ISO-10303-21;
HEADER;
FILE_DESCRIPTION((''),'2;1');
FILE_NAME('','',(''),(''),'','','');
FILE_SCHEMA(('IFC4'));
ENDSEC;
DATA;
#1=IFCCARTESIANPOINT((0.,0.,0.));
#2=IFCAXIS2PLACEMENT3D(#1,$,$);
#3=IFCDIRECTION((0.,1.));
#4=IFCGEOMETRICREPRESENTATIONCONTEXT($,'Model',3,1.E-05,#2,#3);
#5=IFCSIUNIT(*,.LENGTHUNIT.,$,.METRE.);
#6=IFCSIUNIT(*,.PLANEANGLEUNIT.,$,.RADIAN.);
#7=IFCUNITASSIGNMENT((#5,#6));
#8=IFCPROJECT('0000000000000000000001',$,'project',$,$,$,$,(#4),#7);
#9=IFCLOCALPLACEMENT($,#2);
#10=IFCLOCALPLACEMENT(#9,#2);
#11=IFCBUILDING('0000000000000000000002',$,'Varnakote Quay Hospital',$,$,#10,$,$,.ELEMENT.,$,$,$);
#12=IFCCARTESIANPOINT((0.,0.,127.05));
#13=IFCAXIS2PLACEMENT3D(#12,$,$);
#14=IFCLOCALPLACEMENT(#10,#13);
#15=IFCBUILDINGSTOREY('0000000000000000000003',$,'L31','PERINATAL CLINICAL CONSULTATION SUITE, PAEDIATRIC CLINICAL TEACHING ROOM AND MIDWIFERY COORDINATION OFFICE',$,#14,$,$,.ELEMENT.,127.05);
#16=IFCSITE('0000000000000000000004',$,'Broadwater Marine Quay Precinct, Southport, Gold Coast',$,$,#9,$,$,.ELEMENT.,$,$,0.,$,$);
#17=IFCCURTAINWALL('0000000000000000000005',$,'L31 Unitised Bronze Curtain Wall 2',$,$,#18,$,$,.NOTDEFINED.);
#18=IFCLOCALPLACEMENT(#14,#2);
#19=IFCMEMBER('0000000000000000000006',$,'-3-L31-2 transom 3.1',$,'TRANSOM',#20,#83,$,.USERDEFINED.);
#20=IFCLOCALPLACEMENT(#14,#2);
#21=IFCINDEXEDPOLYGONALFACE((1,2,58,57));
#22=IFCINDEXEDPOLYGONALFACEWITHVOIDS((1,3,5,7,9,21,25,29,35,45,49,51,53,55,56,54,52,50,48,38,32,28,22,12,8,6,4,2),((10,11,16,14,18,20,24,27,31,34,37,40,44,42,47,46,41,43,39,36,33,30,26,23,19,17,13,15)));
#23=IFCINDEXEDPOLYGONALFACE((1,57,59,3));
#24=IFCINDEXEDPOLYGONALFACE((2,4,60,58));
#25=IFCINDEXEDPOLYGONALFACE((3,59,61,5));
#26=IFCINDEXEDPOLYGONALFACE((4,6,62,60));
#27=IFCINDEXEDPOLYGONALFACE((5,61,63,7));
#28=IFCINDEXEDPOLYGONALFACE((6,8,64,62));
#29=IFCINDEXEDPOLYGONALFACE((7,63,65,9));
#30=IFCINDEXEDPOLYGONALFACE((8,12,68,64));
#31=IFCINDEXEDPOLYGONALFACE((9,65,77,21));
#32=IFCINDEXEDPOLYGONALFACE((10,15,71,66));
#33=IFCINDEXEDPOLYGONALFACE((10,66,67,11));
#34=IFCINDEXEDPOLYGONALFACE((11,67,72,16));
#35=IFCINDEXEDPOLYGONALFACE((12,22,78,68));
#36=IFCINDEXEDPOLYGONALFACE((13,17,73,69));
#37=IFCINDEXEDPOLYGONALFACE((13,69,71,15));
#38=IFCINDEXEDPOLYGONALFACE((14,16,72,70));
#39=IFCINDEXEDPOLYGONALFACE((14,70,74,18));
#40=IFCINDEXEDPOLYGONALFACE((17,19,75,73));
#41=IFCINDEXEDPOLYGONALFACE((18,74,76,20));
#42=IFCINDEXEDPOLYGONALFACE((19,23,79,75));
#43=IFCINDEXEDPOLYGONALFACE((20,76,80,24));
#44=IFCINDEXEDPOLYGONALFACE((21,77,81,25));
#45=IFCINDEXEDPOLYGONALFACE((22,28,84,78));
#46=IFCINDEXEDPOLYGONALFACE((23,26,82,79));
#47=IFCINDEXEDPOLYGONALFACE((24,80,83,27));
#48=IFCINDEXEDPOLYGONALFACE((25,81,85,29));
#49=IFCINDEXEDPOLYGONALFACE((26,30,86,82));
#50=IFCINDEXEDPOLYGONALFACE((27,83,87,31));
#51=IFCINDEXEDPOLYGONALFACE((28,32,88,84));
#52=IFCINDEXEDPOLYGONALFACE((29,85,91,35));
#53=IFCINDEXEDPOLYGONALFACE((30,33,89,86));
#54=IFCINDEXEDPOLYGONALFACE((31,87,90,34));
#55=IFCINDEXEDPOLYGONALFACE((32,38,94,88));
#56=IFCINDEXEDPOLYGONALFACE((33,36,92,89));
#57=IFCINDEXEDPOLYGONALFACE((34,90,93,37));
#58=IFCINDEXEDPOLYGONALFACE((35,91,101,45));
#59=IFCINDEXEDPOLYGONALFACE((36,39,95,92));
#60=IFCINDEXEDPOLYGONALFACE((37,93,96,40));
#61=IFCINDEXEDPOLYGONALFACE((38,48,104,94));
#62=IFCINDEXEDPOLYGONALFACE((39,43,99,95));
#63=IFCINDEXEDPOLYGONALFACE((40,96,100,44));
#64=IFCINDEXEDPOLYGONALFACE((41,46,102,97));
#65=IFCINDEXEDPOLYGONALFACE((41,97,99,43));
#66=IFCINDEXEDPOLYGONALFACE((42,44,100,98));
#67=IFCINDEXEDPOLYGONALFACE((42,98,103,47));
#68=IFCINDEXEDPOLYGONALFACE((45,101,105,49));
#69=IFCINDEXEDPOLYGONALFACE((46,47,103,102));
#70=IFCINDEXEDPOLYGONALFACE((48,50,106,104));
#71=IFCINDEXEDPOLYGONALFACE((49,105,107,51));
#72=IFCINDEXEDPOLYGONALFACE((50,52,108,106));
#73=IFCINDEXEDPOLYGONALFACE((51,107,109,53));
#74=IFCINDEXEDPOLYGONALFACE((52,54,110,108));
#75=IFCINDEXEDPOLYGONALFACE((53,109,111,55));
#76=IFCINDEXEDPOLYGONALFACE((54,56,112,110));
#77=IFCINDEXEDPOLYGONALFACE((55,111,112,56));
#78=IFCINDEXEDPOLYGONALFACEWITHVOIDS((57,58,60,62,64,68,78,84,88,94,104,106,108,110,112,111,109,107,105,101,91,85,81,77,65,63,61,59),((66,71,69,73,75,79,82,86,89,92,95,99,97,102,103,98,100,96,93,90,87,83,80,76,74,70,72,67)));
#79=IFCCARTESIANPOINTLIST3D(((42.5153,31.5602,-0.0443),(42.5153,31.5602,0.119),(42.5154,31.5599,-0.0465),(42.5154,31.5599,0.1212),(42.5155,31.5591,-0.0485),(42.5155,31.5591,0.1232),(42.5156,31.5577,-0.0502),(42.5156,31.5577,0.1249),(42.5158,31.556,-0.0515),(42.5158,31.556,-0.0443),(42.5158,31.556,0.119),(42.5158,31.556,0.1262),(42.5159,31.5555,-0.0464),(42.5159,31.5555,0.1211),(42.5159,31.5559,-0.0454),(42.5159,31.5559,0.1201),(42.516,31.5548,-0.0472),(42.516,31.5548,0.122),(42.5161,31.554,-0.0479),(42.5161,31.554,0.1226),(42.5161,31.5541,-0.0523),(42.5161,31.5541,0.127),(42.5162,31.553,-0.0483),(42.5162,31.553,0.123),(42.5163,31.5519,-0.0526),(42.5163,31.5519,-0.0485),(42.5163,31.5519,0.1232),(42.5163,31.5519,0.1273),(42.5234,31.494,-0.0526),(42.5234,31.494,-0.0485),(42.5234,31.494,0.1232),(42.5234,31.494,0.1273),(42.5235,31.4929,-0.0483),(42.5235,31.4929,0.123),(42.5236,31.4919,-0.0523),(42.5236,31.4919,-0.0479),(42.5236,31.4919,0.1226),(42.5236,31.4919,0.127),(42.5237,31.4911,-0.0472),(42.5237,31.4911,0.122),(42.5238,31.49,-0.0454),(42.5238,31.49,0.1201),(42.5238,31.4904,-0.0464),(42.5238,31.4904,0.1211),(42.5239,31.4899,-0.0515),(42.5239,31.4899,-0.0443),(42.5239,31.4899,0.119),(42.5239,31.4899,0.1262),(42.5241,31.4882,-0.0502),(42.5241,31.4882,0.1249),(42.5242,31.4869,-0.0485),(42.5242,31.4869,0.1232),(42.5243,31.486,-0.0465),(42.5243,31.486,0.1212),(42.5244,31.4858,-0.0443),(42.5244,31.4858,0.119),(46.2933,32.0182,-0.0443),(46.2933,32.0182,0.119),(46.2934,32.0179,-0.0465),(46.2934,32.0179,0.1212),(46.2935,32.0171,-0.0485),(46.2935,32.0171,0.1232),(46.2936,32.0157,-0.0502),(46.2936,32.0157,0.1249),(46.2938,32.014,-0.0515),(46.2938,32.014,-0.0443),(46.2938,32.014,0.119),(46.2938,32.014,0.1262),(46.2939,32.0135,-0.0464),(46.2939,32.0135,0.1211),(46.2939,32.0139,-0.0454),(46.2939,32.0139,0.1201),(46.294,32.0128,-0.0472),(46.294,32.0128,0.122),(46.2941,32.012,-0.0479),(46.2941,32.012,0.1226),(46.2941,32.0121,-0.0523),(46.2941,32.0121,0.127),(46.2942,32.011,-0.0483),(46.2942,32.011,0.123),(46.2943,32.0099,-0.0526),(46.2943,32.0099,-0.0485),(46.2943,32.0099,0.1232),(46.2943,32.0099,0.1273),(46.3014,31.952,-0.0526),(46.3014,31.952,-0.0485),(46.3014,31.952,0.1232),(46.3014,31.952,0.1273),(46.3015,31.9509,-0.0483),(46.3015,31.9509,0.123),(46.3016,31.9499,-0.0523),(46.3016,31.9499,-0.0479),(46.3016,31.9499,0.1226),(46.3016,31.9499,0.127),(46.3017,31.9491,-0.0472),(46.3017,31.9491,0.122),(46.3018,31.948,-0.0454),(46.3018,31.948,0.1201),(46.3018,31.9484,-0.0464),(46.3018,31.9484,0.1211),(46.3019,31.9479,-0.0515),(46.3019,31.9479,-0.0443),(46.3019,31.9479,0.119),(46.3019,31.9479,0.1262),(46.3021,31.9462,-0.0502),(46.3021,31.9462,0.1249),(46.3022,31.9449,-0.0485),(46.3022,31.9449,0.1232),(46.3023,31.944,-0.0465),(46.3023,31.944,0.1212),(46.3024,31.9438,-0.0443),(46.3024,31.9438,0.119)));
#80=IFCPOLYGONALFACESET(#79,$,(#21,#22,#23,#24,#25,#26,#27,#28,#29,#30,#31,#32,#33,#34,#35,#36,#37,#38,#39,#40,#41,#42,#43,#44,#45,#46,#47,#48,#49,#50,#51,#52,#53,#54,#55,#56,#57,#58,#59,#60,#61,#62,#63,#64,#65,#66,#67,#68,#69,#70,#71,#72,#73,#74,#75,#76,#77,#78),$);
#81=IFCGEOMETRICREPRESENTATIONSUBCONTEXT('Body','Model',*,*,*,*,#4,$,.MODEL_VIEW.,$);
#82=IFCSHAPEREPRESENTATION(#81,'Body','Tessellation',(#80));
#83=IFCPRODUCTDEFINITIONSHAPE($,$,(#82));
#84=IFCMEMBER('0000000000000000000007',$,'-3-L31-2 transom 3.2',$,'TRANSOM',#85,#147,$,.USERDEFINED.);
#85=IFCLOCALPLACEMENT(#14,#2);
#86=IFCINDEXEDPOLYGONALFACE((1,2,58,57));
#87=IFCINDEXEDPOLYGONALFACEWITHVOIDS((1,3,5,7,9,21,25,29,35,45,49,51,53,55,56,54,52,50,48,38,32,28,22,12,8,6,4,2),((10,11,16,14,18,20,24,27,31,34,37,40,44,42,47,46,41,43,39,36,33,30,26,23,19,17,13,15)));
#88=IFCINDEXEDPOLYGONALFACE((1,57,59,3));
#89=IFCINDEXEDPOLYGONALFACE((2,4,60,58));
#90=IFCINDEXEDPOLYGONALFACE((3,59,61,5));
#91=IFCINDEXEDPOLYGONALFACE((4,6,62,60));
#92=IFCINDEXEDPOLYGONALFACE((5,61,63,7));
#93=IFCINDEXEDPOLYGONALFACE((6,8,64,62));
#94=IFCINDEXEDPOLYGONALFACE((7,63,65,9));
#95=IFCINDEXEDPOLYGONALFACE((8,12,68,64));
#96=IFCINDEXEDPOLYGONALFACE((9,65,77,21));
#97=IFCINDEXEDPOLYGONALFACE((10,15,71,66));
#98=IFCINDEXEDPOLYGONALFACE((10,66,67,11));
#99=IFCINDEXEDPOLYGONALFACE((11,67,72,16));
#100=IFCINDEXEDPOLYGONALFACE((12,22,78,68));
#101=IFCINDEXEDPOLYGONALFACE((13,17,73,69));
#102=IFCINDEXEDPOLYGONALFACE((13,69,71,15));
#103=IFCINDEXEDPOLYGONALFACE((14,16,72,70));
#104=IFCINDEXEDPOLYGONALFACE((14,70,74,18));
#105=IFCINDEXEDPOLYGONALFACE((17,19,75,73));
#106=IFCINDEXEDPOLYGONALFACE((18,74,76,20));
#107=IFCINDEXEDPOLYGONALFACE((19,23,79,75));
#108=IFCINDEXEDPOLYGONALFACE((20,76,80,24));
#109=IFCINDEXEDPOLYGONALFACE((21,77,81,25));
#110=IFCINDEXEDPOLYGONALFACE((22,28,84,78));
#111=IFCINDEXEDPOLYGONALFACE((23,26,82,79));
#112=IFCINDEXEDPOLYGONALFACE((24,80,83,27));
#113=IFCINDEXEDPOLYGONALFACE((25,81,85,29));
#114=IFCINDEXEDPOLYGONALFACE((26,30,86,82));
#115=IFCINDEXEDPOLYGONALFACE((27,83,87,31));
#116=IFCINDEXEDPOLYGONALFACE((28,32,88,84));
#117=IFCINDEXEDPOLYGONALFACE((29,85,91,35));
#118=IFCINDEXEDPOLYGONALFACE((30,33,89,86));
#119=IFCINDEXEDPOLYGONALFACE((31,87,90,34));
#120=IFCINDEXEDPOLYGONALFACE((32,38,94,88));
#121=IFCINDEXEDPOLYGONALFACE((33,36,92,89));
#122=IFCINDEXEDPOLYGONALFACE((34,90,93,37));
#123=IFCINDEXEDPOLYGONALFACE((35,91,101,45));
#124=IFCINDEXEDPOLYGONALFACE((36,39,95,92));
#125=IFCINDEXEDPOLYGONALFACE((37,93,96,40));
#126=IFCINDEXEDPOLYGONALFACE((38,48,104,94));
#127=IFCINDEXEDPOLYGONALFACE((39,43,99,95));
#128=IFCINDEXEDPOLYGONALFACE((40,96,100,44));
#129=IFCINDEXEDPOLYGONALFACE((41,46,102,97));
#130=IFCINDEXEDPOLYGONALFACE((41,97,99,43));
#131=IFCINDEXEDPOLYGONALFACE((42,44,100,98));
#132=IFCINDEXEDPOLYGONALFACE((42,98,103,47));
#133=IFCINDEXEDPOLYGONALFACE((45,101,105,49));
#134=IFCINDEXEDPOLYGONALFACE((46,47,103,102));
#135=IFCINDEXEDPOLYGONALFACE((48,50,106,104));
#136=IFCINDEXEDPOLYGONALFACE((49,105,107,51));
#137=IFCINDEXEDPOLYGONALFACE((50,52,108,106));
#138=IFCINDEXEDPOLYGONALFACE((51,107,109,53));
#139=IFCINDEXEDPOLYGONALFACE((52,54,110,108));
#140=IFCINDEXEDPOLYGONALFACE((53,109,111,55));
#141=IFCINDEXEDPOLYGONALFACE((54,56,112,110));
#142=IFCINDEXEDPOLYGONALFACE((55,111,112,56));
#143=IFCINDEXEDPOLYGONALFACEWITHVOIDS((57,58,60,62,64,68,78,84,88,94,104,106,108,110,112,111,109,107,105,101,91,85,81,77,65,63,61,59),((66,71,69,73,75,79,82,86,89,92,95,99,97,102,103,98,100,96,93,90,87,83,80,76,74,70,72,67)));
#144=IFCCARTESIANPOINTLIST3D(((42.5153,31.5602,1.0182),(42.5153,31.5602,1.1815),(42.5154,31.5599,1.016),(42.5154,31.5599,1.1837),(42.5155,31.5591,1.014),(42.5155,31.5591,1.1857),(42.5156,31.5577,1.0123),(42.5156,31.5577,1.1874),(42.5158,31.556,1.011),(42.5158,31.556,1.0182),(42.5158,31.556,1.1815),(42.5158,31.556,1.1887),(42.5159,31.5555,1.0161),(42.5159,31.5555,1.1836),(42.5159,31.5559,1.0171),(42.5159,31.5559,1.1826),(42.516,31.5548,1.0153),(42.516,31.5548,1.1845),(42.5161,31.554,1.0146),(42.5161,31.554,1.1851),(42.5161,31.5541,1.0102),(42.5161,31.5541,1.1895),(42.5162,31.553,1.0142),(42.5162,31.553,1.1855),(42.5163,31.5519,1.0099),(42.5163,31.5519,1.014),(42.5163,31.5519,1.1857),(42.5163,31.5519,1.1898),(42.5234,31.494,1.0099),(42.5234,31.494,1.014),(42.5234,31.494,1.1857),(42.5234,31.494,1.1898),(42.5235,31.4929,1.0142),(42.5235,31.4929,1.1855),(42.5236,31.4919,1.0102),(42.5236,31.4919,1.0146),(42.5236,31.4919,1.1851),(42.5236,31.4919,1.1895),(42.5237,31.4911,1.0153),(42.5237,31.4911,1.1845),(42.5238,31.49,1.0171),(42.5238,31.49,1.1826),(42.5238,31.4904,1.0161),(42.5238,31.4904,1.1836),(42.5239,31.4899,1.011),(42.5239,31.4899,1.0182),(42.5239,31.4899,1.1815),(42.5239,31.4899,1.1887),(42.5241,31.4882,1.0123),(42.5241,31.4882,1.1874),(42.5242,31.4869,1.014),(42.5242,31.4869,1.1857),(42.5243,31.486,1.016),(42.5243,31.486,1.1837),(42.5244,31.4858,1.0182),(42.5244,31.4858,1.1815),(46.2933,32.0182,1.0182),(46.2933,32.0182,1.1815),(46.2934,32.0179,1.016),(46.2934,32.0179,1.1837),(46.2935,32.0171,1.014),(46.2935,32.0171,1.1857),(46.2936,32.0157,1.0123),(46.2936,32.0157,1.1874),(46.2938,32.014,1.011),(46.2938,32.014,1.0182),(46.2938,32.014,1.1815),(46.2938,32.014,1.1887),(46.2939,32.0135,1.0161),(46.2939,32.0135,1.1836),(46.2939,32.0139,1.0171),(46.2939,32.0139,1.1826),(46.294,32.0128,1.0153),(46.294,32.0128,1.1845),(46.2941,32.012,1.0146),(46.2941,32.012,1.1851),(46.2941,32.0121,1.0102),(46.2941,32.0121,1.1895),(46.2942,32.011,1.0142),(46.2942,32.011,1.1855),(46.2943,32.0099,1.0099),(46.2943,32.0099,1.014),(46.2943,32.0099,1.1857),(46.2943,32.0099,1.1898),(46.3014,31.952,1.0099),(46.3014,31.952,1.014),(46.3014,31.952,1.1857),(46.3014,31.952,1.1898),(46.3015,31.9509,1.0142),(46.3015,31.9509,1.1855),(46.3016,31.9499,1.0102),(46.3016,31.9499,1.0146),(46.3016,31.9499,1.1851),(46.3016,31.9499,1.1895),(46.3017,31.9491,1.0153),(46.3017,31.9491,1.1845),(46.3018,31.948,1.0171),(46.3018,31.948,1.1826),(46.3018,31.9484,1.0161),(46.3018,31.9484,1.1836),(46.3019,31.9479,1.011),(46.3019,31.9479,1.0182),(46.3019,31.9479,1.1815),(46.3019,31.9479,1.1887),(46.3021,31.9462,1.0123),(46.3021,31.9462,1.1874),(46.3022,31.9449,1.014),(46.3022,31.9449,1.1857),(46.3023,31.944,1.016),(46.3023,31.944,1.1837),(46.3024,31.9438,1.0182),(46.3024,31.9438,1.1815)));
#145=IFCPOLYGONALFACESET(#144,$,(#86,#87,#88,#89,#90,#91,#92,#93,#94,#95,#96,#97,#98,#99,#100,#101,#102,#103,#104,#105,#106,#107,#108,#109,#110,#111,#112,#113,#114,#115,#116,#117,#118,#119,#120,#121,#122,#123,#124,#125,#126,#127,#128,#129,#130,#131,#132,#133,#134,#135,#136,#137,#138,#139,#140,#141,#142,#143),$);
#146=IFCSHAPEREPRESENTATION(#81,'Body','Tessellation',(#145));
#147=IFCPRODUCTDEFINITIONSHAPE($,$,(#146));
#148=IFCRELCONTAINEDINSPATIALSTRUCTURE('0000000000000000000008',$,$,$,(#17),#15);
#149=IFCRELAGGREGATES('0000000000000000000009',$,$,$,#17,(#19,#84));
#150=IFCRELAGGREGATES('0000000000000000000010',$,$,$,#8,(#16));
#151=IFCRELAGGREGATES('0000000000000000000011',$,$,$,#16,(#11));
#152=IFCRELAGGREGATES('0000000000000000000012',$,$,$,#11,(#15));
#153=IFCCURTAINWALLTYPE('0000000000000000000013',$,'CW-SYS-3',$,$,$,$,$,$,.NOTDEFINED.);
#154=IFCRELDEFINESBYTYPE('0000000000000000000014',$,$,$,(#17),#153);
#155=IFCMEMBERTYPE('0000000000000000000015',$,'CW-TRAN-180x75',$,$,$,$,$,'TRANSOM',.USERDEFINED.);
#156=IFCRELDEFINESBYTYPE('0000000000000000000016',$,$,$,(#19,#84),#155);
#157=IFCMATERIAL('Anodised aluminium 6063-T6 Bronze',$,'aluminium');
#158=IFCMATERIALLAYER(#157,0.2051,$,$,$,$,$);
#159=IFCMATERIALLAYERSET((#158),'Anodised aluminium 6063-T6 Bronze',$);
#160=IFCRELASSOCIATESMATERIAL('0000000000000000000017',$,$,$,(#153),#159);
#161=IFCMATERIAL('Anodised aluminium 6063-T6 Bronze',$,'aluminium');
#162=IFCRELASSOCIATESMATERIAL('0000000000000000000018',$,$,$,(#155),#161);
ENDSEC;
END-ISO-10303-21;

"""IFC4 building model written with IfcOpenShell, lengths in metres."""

from ifc_helpers import new_model, si_unit, direction, frame, origin, origin_2d, place, context, subcontext, project, spatial, hollow_rectangle, extrude, material, layer, layer_set, material_profile, profile_set, type_object, element, aggregate, save


model = new_model("IFC4")

# Units and contexts
model_context = context("Model", 3, precision=1e-05, world=origin(), true_north=direction((0.0, 1.0)))
body_context = subcontext(model_context, "Body", "Model", "MODEL_VIEW")
ifc_project = project(units=[si_unit("LENGTHUNIT", "METRE"), si_unit("PLANEANGLEUNIT", "RADIAN")], contexts=[model_context])

# Site, building, storey
site_placement = place(None, origin())
site = spatial("IfcSite", under=ifc_project, at=site_placement, Name="Broadwater Marine Quay Precinct, Southport, Gold Coast", CompositionType="ELEMENT", RefElevation=0.0)
building_placement = place(site_placement, origin())
building = spatial("IfcBuilding", under=site, at=building_placement, Name="Varnakote Quay Hospital", CompositionType="ELEMENT")
storey_placement = place(building_placement, frame((0.0, 0.0, 127.05)))
storey = spatial("IfcBuildingStorey", under=building, at=storey_placement, Name="L31", Description="PERINATAL CLINICAL CONSULTATION SUITE, PAEDIATRIC CLINICAL TEACHING ROOM AND MIDWIFERY COORDINATION OFFICE", CompositionType="ELEMENT", Elevation=127.05)

# Curtain wall, members
ifc_material_1 = material(Name="Anodised aluminium 6063-T6 Bronze", Category="aluminium")
ifc_layer_1 = layer(ifc_material_1, 0.2051)
ifc_layer_set_1 = layer_set([ifc_layer_1], Name="Anodised aluminium 6063-T6 Bronze")
curtain_wall_type = type_object("IfcCurtainWallType", Name="CW-SYS-3", PredefinedType="NOTDEFINED", material=ifc_layer_set_1)
curtain_wall_placement = place(storey_placement, origin())
curtain_wall = element("IfcCurtainWall", 1, at=curtain_wall_placement, inside=storey, type_object=curtain_wall_type, Name="L31 Unitised Bronze Curtain Wall 2", PredefinedType="NOTDEFINED")
ifc_material_2 = material(Name="Anodised aluminium 6063-T6 Bronze", Category="aluminium")
ifc_material_profile_1 = material_profile(ifc_material_2, hollow_rectangle(XDim=0.075, YDim=0.1799, WallThickness=0.0042, InnerFilletRadius=0.0042, OuterFilletRadius=0.0083, at=origin_2d()), Name="CW-TRAN-180x75")
ifc_profile_set_1 = profile_set([ifc_material_profile_1], Name="Anodised aluminium 6063-T6 Bronze")
member_type_1 = type_object("IfcMemberType", Name="CW-TRAN-180x75", ElementType="TRANSOM", PredefinedType="USERDEFINED", material=ifc_profile_set_1)
member_1_placement = place(storey_placement, frame((46.2979, 31.981, 0.0374), z_axis=(-0.992732, -0.120347, 0.0), x_axis=(0.120347, -0.992732, 0.0)))
member_1 = element("IfcMember", 2, at=member_1_placement, type_object=member_type_1, Name="-3-L31-2 transom 3.1", ObjectType="TRANSOM", PredefinedType="USERDEFINED", context=body_context, shape_type="SweptSolid", body=[
    extrude(hollow_rectangle(XDim=0.075, YDim=0.1799, WallThickness=0.0042, InnerFilletRadius=0.0042, OuterFilletRadius=0.0083, at=origin_2d()), origin(), (0.0, 0.0, 1.0), 3.8057),
])
member_2_placement = place(storey_placement, frame((46.2979, 31.981, 1.0999), z_axis=(-0.992732, -0.120347, 0.0), x_axis=(0.120347, -0.992732, 0.0)))
member_2 = element("IfcMember", 3, at=member_2_placement, type_object=member_type_1, Name="-3-L31-2 transom 3.2", ObjectType="TRANSOM", PredefinedType="USERDEFINED", context=body_context, shape_type="SweptSolid", body=[
    extrude(hollow_rectangle(XDim=0.075, YDim=0.1799, WallThickness=0.0042, InnerFilletRadius=0.0042, OuterFilletRadius=0.0083, at=origin_2d()), origin(), (0.0, 0.0, 1.0), 3.8057),
])
aggregate(curtain_wall, [member_1, member_2])

save(model, "model.ifc")
